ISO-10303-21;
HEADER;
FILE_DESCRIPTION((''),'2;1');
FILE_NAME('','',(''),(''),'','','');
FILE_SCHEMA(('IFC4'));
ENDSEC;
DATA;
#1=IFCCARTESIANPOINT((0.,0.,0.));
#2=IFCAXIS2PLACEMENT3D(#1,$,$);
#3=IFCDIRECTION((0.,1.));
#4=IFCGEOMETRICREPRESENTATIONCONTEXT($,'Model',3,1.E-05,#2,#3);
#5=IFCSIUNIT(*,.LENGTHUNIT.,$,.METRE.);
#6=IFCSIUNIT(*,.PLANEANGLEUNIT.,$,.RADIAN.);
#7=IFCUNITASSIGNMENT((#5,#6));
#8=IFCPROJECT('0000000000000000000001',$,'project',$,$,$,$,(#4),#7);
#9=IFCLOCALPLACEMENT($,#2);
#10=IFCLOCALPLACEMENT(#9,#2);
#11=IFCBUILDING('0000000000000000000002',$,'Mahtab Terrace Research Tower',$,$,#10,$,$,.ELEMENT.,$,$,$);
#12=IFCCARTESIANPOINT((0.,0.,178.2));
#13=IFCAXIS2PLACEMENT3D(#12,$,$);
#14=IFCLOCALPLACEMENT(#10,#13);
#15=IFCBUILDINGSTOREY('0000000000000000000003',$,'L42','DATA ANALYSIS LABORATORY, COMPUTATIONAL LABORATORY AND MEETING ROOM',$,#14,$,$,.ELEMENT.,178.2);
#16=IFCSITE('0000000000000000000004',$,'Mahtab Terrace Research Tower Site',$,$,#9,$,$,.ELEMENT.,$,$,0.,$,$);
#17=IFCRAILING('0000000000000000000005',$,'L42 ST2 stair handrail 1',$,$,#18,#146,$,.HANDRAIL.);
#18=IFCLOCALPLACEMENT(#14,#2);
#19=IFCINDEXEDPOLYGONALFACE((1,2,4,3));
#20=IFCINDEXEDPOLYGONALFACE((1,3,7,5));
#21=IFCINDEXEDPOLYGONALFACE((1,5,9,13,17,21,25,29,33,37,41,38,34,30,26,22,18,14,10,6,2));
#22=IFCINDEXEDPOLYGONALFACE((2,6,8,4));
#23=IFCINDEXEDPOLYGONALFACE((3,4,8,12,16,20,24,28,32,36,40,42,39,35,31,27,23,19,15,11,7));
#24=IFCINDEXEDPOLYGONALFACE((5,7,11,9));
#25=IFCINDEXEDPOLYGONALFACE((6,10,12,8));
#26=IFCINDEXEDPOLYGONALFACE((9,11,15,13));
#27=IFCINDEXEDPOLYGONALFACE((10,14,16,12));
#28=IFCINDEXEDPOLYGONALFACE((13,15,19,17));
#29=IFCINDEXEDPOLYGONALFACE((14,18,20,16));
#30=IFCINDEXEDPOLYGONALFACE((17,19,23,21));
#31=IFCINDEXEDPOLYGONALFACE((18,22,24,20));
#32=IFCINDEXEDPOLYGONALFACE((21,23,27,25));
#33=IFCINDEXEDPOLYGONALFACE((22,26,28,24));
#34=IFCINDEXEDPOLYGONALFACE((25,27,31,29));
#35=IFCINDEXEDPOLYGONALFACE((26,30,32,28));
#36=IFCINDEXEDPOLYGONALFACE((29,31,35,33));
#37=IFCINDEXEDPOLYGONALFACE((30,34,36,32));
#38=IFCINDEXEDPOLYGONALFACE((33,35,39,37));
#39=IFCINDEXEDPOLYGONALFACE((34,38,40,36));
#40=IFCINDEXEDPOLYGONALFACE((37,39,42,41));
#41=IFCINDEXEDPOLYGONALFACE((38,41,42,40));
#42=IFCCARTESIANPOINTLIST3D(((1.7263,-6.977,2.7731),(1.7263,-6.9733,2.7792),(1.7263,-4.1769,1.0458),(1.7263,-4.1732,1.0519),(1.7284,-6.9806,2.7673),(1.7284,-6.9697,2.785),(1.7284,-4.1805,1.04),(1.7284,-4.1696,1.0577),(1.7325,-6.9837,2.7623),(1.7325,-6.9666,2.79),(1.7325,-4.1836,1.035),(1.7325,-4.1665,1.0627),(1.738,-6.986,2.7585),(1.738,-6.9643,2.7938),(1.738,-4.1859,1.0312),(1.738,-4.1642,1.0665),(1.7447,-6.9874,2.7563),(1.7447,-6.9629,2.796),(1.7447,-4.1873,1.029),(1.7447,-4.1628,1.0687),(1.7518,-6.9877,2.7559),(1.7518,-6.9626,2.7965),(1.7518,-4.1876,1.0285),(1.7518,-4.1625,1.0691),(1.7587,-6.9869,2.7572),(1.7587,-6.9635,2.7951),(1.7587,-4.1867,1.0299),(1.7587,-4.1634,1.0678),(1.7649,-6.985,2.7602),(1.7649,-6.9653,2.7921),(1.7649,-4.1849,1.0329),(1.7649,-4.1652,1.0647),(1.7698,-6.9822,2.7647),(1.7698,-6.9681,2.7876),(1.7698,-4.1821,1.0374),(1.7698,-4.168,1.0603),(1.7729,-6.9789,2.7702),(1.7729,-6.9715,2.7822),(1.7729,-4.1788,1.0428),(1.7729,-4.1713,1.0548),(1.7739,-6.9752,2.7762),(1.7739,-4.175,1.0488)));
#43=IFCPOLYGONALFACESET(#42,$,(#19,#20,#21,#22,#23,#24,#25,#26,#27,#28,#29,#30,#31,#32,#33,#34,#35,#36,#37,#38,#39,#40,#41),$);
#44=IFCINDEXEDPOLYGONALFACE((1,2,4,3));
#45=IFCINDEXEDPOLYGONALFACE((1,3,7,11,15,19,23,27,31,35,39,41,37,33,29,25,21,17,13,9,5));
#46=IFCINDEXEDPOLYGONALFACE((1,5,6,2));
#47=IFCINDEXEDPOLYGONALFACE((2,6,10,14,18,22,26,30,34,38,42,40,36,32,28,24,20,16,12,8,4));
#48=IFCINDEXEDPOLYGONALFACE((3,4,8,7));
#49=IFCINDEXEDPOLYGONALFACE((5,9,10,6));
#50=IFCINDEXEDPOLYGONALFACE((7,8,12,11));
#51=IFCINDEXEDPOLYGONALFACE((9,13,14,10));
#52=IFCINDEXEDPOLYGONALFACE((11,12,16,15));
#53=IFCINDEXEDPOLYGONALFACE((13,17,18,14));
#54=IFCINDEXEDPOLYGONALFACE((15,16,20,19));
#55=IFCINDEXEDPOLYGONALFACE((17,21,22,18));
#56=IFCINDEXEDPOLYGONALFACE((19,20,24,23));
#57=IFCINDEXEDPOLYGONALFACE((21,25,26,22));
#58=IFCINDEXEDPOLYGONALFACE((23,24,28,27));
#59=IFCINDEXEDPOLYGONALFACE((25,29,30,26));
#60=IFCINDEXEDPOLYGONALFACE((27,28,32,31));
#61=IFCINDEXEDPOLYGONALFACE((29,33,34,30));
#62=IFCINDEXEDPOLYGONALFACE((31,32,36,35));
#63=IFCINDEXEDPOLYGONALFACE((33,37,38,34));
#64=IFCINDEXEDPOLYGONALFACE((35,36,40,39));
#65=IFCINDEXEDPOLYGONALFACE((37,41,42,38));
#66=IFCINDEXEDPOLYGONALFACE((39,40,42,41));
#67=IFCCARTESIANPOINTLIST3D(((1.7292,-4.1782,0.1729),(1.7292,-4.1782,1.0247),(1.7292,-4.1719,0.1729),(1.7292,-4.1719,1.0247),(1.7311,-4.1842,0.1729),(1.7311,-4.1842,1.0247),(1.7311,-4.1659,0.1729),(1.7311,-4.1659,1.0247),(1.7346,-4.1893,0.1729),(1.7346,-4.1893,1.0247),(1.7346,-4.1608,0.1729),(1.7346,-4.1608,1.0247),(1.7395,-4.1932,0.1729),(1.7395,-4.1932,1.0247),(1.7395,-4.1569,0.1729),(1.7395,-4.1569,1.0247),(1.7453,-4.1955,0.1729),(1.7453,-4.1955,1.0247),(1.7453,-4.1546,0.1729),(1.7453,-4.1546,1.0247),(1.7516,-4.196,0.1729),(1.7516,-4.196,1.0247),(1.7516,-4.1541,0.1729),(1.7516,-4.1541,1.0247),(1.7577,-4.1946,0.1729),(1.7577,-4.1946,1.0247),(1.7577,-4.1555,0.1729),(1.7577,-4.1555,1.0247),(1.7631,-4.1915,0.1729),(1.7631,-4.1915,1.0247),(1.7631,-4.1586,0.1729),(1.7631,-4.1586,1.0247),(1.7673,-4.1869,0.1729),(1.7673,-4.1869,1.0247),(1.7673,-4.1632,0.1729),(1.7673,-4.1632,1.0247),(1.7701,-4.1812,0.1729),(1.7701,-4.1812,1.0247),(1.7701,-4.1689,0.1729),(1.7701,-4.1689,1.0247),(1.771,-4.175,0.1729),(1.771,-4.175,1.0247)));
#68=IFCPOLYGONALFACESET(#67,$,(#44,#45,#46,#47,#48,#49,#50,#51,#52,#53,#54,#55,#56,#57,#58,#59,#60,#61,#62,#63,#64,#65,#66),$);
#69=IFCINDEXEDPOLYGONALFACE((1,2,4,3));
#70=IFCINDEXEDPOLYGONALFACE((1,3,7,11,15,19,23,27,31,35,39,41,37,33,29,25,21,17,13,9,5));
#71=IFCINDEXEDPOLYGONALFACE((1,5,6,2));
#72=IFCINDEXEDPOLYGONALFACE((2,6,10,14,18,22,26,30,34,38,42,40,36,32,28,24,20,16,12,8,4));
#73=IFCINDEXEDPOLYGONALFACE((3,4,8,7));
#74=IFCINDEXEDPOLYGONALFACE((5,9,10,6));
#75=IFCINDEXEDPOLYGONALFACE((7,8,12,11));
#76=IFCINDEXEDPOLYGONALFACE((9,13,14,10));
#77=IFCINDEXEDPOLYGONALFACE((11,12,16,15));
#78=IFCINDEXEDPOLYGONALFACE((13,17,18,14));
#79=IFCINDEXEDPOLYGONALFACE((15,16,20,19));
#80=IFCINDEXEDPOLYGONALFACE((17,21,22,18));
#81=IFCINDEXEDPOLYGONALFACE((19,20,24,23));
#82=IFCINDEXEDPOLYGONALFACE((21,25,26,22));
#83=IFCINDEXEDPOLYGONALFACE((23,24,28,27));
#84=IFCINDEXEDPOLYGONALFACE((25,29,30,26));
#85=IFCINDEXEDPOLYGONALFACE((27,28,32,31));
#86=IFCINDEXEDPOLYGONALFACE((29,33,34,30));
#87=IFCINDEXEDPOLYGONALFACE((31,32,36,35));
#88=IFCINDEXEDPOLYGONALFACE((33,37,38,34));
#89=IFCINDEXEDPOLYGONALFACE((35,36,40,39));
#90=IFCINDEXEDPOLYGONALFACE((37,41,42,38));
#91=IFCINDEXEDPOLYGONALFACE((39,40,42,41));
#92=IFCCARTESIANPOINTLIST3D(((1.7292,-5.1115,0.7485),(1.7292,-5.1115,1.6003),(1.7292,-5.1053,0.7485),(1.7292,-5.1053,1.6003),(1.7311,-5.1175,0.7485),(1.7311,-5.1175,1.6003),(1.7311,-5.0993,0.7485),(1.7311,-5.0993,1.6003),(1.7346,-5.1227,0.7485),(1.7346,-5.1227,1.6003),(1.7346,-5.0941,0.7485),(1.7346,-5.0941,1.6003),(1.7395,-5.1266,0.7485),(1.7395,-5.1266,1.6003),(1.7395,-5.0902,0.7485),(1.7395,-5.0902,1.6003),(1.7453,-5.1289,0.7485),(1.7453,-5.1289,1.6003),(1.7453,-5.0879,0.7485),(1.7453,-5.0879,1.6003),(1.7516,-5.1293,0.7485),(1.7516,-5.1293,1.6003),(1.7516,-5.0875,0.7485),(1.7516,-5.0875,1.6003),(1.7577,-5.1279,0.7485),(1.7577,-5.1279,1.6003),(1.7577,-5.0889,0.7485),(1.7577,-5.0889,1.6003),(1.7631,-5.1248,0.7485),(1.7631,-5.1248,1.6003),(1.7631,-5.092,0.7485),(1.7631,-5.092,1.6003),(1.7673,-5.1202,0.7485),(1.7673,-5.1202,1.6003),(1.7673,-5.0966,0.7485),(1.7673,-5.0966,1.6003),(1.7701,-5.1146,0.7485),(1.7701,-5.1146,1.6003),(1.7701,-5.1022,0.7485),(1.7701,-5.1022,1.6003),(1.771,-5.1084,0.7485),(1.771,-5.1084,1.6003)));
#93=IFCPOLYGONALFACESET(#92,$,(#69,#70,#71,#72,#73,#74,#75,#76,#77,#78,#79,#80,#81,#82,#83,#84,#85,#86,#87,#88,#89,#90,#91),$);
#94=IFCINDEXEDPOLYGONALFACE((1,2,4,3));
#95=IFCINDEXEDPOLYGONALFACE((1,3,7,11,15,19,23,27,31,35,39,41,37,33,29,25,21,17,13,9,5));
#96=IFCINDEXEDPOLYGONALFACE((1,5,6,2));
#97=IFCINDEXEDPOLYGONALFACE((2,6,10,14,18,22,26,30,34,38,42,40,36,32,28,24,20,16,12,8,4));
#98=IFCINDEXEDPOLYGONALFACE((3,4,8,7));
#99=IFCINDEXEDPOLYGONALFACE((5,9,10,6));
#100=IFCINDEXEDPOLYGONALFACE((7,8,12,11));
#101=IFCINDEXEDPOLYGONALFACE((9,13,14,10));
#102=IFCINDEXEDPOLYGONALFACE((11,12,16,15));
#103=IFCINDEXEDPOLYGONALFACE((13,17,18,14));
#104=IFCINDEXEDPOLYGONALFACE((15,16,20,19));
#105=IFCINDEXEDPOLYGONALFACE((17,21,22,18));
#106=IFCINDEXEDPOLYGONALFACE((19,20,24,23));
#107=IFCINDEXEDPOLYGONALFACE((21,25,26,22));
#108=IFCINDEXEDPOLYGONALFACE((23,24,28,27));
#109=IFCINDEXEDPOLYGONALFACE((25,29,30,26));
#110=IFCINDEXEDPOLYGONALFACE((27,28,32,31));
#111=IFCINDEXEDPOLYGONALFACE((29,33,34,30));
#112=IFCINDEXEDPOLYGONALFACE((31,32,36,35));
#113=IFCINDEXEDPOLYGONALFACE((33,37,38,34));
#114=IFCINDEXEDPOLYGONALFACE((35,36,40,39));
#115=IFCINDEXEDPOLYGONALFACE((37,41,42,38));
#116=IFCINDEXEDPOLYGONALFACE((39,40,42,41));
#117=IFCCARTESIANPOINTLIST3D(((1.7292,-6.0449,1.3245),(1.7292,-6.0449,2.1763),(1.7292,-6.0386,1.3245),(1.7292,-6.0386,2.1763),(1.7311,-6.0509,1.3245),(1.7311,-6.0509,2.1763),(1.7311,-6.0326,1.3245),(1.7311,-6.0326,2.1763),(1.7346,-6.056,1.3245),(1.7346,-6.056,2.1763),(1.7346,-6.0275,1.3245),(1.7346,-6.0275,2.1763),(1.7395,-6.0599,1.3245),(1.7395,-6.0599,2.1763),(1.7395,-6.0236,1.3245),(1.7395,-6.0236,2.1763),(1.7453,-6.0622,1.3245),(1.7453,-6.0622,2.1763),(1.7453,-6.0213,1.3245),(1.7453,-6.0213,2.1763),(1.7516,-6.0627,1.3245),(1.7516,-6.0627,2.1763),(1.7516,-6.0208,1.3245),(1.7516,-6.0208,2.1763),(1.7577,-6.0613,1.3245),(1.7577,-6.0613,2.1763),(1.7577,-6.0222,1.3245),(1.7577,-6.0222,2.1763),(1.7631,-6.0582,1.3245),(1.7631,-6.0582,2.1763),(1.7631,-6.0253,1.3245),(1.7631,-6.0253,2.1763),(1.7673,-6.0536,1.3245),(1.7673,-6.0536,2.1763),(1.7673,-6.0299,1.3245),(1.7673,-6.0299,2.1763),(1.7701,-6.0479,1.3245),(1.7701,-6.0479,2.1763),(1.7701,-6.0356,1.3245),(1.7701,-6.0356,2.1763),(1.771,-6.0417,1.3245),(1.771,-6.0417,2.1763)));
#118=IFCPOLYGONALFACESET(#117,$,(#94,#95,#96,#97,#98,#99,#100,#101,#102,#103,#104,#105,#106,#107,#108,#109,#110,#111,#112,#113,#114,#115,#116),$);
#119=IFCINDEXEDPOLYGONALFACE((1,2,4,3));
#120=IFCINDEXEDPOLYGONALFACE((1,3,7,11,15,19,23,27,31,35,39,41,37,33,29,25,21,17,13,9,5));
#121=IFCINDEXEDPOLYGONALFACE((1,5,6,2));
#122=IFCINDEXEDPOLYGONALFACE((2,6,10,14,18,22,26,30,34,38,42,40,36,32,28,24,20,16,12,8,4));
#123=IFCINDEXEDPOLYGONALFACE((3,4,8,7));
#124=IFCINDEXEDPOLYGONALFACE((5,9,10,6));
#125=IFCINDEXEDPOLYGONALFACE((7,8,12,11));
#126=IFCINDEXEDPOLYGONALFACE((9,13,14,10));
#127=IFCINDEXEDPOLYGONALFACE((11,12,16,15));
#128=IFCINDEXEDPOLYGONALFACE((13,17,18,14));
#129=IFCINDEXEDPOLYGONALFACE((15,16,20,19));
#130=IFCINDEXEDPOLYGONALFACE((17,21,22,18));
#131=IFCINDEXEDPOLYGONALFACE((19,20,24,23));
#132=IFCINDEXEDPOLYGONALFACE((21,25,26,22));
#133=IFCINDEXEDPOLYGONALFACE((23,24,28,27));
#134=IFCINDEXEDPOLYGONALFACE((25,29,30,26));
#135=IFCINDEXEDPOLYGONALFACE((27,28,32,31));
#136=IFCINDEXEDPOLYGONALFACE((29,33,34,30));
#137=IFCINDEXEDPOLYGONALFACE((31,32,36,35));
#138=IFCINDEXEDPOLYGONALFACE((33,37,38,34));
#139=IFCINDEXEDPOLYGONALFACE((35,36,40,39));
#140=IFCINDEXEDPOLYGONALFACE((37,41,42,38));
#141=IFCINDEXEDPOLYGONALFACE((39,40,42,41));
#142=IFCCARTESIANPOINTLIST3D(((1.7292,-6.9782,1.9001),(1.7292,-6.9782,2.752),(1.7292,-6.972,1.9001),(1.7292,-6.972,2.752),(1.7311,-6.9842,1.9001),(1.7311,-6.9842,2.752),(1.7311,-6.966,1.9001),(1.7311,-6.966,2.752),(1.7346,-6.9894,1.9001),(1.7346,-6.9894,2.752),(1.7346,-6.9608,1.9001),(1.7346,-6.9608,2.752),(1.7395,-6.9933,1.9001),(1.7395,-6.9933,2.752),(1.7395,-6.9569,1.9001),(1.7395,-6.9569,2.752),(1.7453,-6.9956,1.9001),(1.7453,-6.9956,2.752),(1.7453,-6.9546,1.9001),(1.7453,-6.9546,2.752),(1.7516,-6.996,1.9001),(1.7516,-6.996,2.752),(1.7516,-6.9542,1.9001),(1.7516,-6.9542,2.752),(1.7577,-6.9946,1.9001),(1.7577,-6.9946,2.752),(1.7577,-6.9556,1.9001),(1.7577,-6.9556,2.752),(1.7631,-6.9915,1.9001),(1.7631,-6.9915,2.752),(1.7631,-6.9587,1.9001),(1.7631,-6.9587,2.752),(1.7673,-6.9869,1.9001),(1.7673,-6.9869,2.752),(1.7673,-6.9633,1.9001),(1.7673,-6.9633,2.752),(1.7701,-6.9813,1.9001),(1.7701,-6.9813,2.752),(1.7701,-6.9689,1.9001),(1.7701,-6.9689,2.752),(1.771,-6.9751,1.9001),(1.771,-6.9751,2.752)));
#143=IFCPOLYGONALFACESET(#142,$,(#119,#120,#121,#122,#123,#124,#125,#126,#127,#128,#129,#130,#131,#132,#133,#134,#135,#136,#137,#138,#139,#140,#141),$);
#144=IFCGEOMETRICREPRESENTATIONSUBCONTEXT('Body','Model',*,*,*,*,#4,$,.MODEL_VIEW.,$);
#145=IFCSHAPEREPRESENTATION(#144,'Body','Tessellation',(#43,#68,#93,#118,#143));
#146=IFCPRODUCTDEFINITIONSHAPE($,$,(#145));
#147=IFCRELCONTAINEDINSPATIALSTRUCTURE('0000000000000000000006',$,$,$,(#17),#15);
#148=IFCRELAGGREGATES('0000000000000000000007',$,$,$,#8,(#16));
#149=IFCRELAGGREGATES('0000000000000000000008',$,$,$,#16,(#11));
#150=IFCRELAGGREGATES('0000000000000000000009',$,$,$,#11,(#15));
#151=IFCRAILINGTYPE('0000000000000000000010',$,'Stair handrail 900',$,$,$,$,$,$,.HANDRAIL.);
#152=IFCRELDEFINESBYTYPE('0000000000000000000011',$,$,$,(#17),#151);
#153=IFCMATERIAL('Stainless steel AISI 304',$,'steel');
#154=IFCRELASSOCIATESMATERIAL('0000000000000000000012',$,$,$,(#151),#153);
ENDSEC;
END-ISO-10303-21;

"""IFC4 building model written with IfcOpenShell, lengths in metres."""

from ifc_helpers import new_model, si_unit, direction, frame, origin, origin_2d, place, context, subcontext, project, spatial, circle, extrude, material, type_object, element, save


model = new_model("IFC4")

# Units and contexts
model_context = context("Model", 3, precision=1e-05, world=origin(), true_north=direction((0.0, 1.0)))
body_context = subcontext(model_context, "Body", "Model", "MODEL_VIEW")
ifc_project = project(units=[si_unit("LENGTHUNIT", "METRE"), si_unit("PLANEANGLEUNIT", "RADIAN")], contexts=[model_context])

# Site, building, storey
site_placement = place(None, origin())
site = spatial("IfcSite", under=ifc_project, at=site_placement, Name="Mahtab Terrace Research Tower Site", CompositionType="ELEMENT", RefElevation=0.0)
building_placement = place(site_placement, origin())
building = spatial("IfcBuilding", under=site, at=building_placement, Name="Mahtab Terrace Research Tower", CompositionType="ELEMENT")
storey_placement = place(building_placement, frame((0.0, 0.0, 178.2)))
storey = spatial("IfcBuildingStorey", under=building, at=storey_placement, Name="L42", Description="DATA ANALYSIS LABORATORY, COMPUTATIONAL LABORATORY AND MEETING ROOM", CompositionType="ELEMENT", Elevation=178.2)

# Railing
ifc_material_1 = material(Name="Stainless steel AISI 304", Category="steel")
railing_type_1 = type_object("IfcRailingType", Name="Stair handrail 900", PredefinedType="HANDRAIL", material=ifc_material_1)
railing_1_placement = place(storey_placement, frame((1.75, -4.175, 0.1729)))
element("IfcRailing", 1, at=railing_1_placement, inside=storey, type_object=railing_type_1, Name="L42 ST2 stair handrail 1", PredefinedType="HANDRAIL", context=body_context, shape_type="SweptSolid", body=[
    extrude(circle(Radius=0.0239, at=origin_2d()), frame((0.0, 0.0, 0.876), z_axis=(0.0, -0.85109, 0.52502), x_axis=(1.0, 0.0, 0.0)), (0.0, 0.0, 1.0), 3.29),
    extrude(circle(Radius=0.021, at=origin_2d()), origin(), (0.0, 0.0, 1.0), 0.8518),
    extrude(circle(Radius=0.021, at=origin_2d()), frame((0.0, -0.9333, 0.5757)), (0.0, 0.0, 1.0), 0.8518),
    extrude(circle(Radius=0.021, at=origin_2d()), frame((0.0, -1.8667, 1.1516)), (0.0, 0.0, 1.0), 0.8518),
    extrude(circle(Radius=0.021, at=origin_2d()), frame((0.0, -2.8, 1.7273)), (0.0, 0.0, 1.0), 0.8518),
])

save(model, "model.ifc")
